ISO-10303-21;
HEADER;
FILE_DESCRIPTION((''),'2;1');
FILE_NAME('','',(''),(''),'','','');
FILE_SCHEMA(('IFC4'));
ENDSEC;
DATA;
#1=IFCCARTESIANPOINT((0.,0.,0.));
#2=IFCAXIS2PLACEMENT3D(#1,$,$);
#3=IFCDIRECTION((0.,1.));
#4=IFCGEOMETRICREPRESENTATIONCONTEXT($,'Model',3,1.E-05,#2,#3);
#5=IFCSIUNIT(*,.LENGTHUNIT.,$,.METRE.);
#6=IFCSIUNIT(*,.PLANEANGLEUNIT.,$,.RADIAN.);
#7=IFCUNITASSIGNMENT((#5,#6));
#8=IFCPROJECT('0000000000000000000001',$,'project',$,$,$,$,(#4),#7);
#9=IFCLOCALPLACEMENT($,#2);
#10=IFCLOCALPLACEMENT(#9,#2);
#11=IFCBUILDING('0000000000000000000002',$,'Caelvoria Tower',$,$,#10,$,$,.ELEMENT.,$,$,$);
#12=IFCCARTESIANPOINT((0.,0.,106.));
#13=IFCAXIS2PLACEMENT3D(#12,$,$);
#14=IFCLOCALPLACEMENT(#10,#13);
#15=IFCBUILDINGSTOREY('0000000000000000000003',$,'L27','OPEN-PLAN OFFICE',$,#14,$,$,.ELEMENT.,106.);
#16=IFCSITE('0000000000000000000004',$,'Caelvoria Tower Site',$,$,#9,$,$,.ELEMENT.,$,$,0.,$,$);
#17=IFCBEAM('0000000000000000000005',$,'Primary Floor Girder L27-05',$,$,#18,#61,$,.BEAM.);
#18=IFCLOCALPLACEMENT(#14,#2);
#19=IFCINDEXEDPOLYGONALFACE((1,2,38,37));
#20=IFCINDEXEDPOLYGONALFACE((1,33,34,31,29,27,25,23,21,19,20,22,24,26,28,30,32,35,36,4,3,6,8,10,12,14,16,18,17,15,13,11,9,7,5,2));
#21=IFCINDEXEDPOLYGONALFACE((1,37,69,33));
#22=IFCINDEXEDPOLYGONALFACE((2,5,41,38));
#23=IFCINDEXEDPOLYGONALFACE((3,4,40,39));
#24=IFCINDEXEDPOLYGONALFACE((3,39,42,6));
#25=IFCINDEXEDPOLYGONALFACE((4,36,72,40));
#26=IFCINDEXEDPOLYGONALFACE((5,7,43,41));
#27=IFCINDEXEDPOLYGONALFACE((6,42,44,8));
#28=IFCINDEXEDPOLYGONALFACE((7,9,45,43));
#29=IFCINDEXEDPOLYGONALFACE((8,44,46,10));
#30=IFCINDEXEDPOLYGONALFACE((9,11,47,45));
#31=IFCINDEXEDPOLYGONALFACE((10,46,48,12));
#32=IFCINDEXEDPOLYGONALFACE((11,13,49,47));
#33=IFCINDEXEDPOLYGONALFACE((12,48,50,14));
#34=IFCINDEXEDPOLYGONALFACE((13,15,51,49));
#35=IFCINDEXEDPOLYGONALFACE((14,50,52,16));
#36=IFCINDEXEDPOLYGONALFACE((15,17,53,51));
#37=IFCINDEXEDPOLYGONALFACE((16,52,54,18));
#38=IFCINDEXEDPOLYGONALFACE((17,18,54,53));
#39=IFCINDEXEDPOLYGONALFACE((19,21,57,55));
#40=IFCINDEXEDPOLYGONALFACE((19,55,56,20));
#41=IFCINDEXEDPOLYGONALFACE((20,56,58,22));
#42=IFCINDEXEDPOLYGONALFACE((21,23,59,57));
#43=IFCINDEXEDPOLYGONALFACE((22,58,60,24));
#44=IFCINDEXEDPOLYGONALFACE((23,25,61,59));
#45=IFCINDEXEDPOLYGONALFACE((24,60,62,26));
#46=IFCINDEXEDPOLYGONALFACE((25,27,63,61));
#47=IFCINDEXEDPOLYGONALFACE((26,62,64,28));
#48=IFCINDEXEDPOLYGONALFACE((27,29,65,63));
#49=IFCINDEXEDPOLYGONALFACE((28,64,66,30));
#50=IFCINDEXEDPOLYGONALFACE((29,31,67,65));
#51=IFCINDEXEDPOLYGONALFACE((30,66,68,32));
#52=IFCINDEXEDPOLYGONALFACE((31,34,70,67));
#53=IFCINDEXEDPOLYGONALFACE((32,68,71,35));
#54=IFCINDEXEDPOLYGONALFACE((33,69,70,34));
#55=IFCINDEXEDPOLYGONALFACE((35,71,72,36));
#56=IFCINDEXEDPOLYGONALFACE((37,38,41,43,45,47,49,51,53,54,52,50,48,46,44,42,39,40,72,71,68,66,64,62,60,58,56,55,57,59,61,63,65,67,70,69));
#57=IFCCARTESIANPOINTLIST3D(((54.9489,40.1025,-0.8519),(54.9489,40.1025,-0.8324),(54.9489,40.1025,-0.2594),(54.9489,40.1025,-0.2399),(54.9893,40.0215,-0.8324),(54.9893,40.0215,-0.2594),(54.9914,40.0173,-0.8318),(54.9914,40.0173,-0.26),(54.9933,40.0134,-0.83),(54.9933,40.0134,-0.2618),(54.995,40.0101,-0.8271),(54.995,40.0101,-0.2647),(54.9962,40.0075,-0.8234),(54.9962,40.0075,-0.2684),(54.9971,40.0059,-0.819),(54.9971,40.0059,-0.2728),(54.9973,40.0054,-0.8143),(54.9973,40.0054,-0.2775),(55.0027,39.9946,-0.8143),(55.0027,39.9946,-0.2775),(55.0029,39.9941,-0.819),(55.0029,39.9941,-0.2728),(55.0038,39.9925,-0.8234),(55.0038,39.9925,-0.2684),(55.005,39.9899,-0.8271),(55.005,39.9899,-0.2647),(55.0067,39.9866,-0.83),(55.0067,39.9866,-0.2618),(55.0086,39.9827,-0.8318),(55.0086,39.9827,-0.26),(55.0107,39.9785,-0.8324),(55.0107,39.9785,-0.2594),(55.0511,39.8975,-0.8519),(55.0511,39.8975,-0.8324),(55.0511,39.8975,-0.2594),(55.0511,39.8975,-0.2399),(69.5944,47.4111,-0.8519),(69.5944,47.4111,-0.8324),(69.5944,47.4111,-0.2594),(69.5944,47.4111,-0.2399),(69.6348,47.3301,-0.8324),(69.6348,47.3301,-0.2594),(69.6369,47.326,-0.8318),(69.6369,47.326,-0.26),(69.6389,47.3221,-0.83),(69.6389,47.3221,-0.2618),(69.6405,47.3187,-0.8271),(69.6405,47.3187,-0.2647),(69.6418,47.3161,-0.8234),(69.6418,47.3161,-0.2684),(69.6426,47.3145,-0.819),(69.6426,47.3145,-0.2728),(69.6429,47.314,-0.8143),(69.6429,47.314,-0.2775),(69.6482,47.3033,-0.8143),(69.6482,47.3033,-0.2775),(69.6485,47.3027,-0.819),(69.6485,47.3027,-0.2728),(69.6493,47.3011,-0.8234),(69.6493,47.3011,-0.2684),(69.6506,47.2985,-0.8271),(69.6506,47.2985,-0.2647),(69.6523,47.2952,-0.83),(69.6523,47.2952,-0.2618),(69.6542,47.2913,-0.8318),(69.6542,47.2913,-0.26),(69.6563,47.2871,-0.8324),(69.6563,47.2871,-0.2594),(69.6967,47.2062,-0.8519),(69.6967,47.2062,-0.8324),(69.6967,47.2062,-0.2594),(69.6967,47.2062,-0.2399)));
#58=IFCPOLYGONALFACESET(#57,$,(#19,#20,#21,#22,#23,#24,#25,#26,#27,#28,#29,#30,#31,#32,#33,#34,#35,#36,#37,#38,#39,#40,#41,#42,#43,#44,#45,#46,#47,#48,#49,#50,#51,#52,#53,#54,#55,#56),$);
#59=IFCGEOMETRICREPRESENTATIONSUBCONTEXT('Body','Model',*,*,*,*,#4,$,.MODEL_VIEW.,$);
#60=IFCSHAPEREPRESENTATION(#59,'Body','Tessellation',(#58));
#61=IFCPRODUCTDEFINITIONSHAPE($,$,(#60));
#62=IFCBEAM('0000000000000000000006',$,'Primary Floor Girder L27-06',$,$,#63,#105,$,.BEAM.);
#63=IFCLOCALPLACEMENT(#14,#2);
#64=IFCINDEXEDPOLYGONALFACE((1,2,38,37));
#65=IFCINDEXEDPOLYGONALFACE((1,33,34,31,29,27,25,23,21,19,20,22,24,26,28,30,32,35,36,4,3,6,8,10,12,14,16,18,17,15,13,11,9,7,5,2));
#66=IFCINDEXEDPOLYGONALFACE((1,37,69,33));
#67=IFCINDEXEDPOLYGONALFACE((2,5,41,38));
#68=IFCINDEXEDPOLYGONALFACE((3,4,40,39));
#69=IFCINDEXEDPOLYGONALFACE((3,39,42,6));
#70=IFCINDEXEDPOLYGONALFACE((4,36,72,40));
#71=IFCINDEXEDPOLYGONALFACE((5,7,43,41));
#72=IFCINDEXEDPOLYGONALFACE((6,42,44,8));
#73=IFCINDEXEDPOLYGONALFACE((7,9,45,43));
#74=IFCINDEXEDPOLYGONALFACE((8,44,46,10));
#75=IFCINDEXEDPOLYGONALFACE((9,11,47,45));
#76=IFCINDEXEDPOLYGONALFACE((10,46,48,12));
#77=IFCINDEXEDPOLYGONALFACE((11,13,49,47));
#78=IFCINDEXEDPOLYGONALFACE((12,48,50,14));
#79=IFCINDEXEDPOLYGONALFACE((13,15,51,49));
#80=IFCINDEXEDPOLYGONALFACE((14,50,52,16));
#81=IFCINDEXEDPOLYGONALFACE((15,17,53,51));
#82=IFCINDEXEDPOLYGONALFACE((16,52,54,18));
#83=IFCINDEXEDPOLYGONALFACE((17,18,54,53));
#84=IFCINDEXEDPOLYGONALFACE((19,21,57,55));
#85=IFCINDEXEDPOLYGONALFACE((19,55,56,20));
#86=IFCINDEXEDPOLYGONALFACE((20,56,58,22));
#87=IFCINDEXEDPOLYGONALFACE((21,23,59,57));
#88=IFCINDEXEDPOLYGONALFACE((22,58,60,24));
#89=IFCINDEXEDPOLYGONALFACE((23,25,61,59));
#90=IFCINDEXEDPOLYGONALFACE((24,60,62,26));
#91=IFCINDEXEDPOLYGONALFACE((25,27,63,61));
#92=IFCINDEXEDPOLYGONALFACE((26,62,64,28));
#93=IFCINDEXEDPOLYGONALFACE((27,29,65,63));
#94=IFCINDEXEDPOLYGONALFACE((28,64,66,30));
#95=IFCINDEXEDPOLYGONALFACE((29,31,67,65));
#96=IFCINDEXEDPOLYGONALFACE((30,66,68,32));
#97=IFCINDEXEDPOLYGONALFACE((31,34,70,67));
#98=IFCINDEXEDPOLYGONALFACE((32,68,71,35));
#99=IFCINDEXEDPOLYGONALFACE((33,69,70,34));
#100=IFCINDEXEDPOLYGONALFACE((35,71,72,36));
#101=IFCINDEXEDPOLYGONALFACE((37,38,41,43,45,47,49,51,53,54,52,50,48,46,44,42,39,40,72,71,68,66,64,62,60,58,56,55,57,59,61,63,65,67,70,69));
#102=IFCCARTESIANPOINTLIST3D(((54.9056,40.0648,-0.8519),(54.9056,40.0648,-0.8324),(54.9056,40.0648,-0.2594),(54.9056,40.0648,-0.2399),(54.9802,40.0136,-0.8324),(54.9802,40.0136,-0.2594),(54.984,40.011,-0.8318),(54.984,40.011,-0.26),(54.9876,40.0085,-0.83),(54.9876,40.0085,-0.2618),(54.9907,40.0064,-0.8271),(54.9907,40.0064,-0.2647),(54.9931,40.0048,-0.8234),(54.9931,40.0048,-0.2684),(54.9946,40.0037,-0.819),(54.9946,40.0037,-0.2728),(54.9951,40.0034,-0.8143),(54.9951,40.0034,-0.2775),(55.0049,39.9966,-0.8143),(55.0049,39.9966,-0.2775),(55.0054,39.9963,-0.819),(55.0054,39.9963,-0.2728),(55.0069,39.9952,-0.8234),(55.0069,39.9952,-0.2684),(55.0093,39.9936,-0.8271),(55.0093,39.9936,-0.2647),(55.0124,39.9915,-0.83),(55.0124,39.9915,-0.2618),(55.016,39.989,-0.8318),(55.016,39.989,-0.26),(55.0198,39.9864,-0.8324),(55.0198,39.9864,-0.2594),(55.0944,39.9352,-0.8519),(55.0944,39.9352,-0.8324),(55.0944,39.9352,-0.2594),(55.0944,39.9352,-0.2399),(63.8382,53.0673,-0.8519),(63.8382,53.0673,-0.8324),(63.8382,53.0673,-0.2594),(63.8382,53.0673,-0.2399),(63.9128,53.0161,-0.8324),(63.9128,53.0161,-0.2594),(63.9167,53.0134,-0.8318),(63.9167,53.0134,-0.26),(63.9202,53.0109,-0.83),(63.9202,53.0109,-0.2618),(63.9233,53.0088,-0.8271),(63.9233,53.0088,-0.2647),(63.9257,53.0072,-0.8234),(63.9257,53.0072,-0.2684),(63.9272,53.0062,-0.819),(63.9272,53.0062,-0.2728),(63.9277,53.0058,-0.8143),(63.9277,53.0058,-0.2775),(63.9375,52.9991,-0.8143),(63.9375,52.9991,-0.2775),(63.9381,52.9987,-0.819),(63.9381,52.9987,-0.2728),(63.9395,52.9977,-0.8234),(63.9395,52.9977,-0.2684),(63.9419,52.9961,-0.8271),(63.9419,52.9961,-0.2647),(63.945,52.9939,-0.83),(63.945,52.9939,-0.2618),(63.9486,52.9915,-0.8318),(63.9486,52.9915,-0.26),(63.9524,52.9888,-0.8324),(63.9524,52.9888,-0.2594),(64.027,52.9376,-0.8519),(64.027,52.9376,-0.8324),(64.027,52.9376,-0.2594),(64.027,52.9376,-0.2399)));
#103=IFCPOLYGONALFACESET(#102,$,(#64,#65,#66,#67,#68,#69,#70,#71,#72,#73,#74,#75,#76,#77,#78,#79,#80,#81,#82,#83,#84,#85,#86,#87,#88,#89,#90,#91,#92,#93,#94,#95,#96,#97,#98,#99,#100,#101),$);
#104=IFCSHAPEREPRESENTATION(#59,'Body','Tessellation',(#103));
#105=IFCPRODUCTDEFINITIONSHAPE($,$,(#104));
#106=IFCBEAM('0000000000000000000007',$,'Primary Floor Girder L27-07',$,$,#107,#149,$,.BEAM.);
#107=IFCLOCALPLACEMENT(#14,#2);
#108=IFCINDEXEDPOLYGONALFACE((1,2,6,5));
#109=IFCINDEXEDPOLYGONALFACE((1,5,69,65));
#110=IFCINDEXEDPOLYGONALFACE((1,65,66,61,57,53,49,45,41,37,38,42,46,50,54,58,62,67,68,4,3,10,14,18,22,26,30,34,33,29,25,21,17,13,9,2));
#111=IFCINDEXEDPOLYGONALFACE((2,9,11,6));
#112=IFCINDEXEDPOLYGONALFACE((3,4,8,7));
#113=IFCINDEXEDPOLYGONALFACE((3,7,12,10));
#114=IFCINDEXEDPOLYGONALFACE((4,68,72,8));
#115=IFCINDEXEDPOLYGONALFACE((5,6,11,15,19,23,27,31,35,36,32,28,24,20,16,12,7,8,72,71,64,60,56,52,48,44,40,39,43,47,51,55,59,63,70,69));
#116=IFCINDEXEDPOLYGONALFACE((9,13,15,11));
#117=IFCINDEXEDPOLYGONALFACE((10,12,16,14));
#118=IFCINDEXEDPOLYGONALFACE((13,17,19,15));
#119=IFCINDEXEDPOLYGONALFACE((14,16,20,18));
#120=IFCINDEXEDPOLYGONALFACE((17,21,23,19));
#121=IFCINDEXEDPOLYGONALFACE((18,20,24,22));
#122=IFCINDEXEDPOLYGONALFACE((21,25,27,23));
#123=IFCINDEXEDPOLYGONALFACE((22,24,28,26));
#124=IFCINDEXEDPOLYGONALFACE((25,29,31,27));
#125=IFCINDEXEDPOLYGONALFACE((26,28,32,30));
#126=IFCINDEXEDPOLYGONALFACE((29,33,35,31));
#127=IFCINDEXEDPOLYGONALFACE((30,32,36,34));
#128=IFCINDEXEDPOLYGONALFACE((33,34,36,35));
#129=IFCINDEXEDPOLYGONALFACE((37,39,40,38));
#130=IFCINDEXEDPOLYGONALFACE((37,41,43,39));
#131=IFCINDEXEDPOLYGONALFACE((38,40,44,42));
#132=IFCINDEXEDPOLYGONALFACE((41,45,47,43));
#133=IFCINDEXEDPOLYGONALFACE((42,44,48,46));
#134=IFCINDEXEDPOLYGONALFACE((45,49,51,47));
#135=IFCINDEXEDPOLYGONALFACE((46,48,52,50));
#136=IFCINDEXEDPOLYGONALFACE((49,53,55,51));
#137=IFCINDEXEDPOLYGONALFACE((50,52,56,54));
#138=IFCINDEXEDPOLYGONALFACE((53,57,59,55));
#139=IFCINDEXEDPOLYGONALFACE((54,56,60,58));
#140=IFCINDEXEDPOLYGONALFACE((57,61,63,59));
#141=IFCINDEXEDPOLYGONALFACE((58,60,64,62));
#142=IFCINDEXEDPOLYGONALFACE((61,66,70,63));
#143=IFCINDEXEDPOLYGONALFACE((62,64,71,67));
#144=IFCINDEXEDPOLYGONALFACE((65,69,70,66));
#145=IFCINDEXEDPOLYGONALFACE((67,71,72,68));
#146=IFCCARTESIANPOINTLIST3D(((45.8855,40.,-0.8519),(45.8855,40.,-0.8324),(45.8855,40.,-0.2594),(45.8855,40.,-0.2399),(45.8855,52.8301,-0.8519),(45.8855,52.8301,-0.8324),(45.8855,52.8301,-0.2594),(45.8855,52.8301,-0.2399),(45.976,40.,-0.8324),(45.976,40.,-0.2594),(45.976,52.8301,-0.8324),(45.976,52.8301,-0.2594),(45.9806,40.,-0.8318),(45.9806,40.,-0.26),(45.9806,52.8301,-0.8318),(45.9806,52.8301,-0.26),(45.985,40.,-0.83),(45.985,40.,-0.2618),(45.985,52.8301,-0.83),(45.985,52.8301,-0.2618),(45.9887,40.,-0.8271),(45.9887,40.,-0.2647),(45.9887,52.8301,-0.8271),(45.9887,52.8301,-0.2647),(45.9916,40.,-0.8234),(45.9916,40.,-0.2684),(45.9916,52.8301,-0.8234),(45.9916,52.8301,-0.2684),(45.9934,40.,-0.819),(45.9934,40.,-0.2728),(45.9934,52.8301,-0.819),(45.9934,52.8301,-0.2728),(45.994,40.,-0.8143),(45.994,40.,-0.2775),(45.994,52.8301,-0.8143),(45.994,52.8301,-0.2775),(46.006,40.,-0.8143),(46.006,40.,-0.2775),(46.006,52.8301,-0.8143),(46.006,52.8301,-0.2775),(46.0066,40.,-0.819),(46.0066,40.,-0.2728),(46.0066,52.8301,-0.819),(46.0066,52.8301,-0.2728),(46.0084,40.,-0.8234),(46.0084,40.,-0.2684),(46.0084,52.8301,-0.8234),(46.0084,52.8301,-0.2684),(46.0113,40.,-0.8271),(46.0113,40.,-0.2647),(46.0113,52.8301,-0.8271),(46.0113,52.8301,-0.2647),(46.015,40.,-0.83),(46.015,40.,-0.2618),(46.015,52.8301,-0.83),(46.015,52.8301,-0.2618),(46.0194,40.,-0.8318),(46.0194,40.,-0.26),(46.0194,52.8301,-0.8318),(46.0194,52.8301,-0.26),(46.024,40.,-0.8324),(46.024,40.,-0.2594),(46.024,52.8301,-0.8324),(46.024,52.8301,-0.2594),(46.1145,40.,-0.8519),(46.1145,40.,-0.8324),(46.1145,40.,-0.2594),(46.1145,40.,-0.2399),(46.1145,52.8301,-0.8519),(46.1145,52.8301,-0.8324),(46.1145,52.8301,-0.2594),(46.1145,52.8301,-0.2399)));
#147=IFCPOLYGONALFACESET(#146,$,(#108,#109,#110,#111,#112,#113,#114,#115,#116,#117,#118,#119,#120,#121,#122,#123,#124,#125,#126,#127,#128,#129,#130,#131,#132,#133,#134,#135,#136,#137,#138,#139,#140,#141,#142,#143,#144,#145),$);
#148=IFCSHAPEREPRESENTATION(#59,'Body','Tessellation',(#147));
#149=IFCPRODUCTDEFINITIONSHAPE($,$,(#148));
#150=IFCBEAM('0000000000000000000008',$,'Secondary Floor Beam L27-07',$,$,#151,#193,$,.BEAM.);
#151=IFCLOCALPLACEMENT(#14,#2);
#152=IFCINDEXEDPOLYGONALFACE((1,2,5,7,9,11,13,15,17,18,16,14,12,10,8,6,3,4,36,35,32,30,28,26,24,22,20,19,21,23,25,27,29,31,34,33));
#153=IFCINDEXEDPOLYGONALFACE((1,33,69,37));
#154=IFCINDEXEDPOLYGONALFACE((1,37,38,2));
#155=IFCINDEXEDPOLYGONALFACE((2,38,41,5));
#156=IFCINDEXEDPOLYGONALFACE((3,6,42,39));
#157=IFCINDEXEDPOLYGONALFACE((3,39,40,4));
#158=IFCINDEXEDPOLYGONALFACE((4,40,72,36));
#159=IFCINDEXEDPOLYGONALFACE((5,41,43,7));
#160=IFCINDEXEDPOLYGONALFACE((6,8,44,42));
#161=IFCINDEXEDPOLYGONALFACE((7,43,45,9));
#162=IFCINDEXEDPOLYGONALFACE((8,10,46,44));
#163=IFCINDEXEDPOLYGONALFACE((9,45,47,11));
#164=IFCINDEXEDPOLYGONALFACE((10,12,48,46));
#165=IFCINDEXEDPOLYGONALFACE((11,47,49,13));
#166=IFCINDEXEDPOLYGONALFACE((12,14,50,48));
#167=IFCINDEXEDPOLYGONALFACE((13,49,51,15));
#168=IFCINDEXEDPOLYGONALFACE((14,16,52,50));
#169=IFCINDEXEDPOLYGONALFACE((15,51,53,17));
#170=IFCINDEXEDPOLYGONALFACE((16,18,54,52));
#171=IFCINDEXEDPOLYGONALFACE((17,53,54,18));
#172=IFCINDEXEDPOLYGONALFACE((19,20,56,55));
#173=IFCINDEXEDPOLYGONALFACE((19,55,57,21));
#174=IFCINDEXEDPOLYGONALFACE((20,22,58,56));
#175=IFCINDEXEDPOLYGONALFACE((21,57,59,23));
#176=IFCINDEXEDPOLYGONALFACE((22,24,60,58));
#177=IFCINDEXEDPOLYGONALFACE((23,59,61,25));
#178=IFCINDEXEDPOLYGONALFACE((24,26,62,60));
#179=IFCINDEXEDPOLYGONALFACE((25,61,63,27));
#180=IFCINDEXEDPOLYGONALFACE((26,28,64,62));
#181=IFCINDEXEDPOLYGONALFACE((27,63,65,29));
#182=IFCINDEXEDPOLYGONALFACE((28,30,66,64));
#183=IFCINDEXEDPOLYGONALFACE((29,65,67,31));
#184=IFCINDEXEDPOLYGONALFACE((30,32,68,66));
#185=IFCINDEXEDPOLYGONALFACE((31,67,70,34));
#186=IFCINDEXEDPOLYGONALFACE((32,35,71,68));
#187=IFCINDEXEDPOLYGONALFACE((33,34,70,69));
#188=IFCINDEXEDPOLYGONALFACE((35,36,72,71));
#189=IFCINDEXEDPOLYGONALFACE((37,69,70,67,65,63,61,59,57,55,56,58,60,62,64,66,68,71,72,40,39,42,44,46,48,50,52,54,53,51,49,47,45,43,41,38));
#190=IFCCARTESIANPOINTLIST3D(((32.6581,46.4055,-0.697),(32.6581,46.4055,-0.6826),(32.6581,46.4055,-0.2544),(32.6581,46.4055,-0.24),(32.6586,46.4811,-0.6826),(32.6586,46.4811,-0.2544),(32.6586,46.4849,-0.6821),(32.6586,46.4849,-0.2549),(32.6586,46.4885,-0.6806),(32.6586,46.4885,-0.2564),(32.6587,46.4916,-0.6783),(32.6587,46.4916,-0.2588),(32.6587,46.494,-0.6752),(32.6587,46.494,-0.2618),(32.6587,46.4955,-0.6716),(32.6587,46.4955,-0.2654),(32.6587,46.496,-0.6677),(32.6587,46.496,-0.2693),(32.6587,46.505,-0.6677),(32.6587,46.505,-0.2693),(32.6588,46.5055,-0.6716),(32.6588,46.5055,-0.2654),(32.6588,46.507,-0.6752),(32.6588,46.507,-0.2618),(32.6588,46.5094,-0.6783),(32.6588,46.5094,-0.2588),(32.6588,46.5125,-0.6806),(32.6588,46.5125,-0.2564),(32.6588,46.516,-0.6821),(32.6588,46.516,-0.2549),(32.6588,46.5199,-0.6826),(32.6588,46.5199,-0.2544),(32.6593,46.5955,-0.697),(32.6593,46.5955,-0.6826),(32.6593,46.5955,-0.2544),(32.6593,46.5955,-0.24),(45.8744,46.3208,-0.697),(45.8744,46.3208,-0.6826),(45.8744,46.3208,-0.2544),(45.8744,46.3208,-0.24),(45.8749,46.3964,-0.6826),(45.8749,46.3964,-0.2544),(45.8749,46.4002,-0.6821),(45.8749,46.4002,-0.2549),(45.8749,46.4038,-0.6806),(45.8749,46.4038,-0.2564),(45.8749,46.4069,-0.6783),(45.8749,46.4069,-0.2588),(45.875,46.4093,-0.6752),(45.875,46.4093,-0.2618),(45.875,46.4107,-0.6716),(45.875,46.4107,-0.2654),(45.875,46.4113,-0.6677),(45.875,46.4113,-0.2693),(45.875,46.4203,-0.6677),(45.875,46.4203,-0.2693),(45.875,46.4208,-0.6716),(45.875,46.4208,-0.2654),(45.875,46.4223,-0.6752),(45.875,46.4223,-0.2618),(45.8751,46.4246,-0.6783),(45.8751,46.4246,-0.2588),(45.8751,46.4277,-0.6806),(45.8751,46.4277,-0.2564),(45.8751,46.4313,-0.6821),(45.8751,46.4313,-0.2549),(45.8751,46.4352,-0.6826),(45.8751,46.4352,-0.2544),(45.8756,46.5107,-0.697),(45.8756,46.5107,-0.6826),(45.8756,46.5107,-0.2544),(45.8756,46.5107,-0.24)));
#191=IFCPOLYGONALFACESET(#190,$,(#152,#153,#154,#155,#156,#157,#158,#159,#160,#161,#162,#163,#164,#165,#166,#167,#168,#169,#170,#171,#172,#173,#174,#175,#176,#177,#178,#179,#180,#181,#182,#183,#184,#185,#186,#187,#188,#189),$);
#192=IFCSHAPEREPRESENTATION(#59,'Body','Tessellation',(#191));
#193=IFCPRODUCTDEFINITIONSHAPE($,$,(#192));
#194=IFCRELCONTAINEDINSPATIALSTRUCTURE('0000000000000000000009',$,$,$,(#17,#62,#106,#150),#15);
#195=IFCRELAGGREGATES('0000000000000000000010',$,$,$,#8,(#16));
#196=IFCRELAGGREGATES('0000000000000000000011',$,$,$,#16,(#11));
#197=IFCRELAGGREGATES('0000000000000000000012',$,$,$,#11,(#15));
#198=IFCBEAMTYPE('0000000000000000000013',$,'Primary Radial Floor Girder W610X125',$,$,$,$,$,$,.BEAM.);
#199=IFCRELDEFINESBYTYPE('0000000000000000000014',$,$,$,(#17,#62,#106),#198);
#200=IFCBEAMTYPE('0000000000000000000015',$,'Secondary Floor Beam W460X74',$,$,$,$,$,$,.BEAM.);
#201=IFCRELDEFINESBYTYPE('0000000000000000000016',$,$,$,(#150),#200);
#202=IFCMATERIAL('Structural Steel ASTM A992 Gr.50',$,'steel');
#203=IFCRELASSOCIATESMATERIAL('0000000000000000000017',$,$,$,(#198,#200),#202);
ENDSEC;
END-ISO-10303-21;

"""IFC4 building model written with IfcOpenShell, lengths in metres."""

from ifc_helpers import new_model, si_unit, direction, frame, origin, origin_2d, place, context, subcontext, project, spatial, i_section, extrude, material, material_profile, profile_set, type_object, element, save


model = new_model("IFC4")

# Units and contexts
model_context = context("Model", 3, precision=1e-05, world=origin(), true_north=direction((0.0, 1.0)))
body_context = subcontext(model_context, "Body", "Model", "MODEL_VIEW")
ifc_project = project(units=[si_unit("LENGTHUNIT", "METRE"), si_unit("PLANEANGLEUNIT", "RADIAN")], contexts=[model_context])

# Site, building, storey
site_placement = place(None, origin())
site = spatial("IfcSite", under=ifc_project, at=site_placement, Name="Caelvoria Tower Site", CompositionType="ELEMENT", RefElevation=0.0)
building_placement = place(site_placement, origin())
building = spatial("IfcBuilding", under=site, at=building_placement, Name="Caelvoria Tower", CompositionType="ELEMENT")
storey_placement = place(building_placement, frame((0.0, 0.0, 106.0)))
storey = spatial("IfcBuildingStorey", under=building, at=storey_placement, Name="L27", Description="OPEN-PLAN OFFICE", CompositionType="ELEMENT", Elevation=106.0)

# Beams
ifc_material_1 = material(Name="Structural Steel ASTM A992 Gr.50", Category="steel")
ifc_material_profile_1 = material_profile(ifc_material_1, i_section(OverallWidth=0.229, OverallDepth=0.6121, WebThickness=0.012, FlangeThickness=0.0195, FilletRadius=0.0181, at=origin_2d()), Name="Structural Steel ASTM A992 Gr.50")
ifc_profile_set_1 = profile_set([ifc_material_profile_1], Name="W610X125 - Structural Steel ASTM A992 Gr.50")
beam_type_1 = type_object("IfcBeamType", Name="Primary Radial Floor Girder W610X125", PredefinedType="BEAM", material=ifc_profile_set_1)
beam_1_placement = place(storey_placement, frame((55.0, 40.0, -0.5459), z_axis=(0.894773, 0.446521, 0.0), x_axis=(-0.446521, 0.894773, 0.0)))
element("IfcBeam", 1, at=beam_1_placement, inside=storey, type_object=beam_type_1, Name="Primary Floor Girder L27-05", PredefinedType="BEAM", context=body_context, shape_type="SweptSolid", body=[
    extrude(i_section(OverallWidth=0.229, OverallDepth=0.6121, WebThickness=0.012, FlangeThickness=0.0195, FilletRadius=0.0181, at=origin_2d()), origin(), (0.0, 0.0, 1.0), 16.3679),
])
beam_2_placement = place(storey_placement, frame((55.0, 40.0, -0.5459), z_axis=(0.566246, 0.824236, 0.0), x_axis=(-0.824236, 0.566246, 0.0)))
element("IfcBeam", 2, at=beam_2_placement, inside=storey, type_object=beam_type_1, Name="Primary Floor Girder L27-06", PredefinedType="BEAM", context=body_context, shape_type="SweptSolid", body=[
    extrude(i_section(OverallWidth=0.229, OverallDepth=0.6121, WebThickness=0.012, FlangeThickness=0.0195, FilletRadius=0.0181, at=origin_2d()), origin(), (0.0, 0.0, 1.0), 15.7751),
])
beam_3_placement = place(storey_placement, frame((46.0, 40.0, -0.5459), z_axis=(0.0, 1.0, 0.0), x_axis=(-1.0, 0.0, 0.0)))
element("IfcBeam", 3, at=beam_3_placement, inside=storey, type_object=beam_type_1, Name="Primary Floor Girder L27-07", PredefinedType="BEAM", context=body_context, shape_type="SweptSolid", body=[
    extrude(i_section(OverallWidth=0.229, OverallDepth=0.6121, WebThickness=0.012, FlangeThickness=0.0195, FilletRadius=0.0181, at=origin_2d()), origin(), (0.0, 0.0, 1.0), 12.8301),
])
ifc_material_profile_2 = material_profile(ifc_material_1, i_section(OverallWidth=0.1899, OverallDepth=0.457, WebThickness=0.009, FlangeThickness=0.0144, FilletRadius=0.0149, at=origin_2d()), Name="Structural Steel ASTM A992 Gr.50")
ifc_profile_set_2 = profile_set([ifc_material_profile_2], Name="W460X74 - Structural Steel ASTM A992 Gr.50")
beam_type_2 = type_object("IfcBeamType", Name="Secondary Floor Beam W460X74", PredefinedType="BEAM", material=ifc_profile_set_2)
beam_4_placement = place(storey_placement, frame((45.875, 46.4158, -0.4685), z_axis=(-0.999979, 0.00641, 0.0), x_axis=(-0.00641, -0.999979, 0.0)))
element("IfcBeam", 4, at=beam_4_placement, inside=storey, type_object=beam_type_2, Name="Secondary Floor Beam L27-07", PredefinedType="BEAM", context=body_context, shape_type="SweptSolid", body=[
    extrude(i_section(OverallWidth=0.1899, OverallDepth=0.457, WebThickness=0.009, FlangeThickness=0.0144, FilletRadius=0.0149, at=origin_2d()), origin(), (0.0, 0.0, 1.0), 13.2166),
])

save(model, "model.ifc")
